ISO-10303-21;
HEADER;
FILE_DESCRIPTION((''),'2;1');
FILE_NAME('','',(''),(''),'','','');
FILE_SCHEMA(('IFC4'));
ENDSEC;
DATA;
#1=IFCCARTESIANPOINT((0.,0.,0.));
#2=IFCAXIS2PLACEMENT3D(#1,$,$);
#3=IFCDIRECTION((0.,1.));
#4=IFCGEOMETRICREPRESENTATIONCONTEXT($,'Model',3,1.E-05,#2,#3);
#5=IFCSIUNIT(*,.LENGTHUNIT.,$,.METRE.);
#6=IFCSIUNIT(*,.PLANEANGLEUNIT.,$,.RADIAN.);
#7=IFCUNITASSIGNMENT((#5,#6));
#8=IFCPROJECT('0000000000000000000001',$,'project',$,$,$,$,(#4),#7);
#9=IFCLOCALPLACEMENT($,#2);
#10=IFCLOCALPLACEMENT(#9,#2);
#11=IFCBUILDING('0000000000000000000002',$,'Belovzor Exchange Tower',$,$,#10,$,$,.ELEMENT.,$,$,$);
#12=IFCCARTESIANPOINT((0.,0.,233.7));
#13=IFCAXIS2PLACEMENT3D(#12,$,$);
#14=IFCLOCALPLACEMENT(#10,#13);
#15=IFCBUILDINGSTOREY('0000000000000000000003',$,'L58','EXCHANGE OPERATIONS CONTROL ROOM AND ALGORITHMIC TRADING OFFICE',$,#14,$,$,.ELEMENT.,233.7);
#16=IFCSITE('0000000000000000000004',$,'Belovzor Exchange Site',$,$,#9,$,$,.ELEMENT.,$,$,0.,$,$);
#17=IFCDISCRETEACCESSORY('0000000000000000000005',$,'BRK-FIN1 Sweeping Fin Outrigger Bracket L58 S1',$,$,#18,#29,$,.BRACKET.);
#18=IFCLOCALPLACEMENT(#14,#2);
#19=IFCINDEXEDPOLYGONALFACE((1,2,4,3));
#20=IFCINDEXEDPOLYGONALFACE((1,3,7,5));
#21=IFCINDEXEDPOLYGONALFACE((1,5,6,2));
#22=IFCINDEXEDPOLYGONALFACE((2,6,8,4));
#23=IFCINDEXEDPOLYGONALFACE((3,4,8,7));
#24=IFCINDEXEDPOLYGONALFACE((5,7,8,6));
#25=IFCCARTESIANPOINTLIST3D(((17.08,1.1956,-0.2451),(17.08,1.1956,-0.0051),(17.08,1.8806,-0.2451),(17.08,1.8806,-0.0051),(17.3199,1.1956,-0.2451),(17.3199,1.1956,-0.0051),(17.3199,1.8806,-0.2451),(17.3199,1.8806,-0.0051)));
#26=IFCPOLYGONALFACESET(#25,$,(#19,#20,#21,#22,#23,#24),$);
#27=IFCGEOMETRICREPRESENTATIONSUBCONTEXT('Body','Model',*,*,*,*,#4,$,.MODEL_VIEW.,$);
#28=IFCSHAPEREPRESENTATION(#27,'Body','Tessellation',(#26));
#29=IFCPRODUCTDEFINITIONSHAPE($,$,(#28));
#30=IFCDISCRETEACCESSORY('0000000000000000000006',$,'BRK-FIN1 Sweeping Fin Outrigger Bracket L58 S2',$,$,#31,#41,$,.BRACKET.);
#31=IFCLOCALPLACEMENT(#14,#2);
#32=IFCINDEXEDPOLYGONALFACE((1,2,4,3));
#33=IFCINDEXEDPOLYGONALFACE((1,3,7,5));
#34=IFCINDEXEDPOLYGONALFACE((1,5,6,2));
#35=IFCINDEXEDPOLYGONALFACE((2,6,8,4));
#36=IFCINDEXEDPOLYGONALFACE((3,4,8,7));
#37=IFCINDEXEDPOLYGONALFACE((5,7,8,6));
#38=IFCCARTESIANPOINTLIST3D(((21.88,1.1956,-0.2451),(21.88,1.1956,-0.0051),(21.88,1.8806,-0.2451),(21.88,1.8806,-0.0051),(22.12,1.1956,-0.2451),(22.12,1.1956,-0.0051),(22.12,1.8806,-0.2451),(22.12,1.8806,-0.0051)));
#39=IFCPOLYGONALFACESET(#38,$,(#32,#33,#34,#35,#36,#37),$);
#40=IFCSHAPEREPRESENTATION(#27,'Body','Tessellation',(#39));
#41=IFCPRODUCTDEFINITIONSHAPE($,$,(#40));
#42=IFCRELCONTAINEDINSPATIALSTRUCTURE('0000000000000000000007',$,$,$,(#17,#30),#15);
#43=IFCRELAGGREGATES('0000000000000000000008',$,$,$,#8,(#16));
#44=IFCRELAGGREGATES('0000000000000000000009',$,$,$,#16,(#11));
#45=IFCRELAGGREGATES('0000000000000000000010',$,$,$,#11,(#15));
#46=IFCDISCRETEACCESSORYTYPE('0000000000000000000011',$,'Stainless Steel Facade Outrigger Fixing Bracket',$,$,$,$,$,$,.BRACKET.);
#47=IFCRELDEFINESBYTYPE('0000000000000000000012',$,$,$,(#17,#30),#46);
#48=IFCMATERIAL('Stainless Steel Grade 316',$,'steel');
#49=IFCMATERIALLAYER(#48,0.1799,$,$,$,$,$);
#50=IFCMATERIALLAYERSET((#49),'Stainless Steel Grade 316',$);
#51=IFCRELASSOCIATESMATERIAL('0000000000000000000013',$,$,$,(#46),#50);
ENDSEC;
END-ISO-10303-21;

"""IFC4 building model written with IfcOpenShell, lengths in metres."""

from ifc_helpers import new_model, si_unit, direction, frame, origin, origin_2d, place, context, subcontext, project, spatial, rectangle, extrude, material, layer, layer_set, type_object, element, save


model = new_model("IFC4")

# Units and contexts
model_context = context("Model", 3, precision=1e-05, world=origin(), true_north=direction((0.0, 1.0)))
body_context = subcontext(model_context, "Body", "Model", "MODEL_VIEW")
ifc_project = project(units=[si_unit("LENGTHUNIT", "METRE"), si_unit("PLANEANGLEUNIT", "RADIAN")], contexts=[model_context])

# Site, building, storey
site_placement = place(None, origin())
site = spatial("IfcSite", under=ifc_project, at=site_placement, Name="Belovzor Exchange Site", CompositionType="ELEMENT", RefElevation=0.0)
building_placement = place(site_placement, origin())
building = spatial("IfcBuilding", under=site, at=building_placement, Name="Belovzor Exchange Tower", CompositionType="ELEMENT")
storey_placement = place(building_placement, frame((0.0, 0.0, 233.7)))
storey = spatial("IfcBuildingStorey", under=building, at=storey_placement, Name="L58", Description="EXCHANGE OPERATIONS CONTROL ROOM AND ALGORITHMIC TRADING OFFICE", CompositionType="ELEMENT", Elevation=233.7)

# Discrete accessories
ifc_material_1 = material(Name="Stainless Steel Grade 316", Category="steel")
ifc_layer_1 = layer(ifc_material_1, 0.1799)
ifc_layer_set_1 = layer_set([ifc_layer_1], Name="Stainless Steel Grade 316")
discrete_accessory_type = type_object("IfcDiscreteAccessoryType", Name="Stainless Steel Facade Outrigger Fixing Bracket", PredefinedType="BRACKET", material=ifc_layer_set_1)
for number, where, z_axis, x_axis, name in (
    (1, (17.2, 1.5381, -0.2451), (0.0, 0.0, 1.0), (0.0, 1.0, 0.0), "BRK-FIN1 Sweeping Fin Outrigger Bracket L58 S1"),
    (2, (22.0, 1.5381, -0.2451), (0.0, 0.0, 1.0), (0.0, 1.0, 0.0), "BRK-FIN1 Sweeping Fin Outrigger Bracket L58 S2"),
):
    element("IfcDiscreteAccessory", number, at=place(storey_placement, frame(where, z_axis=z_axis, x_axis=x_axis)), inside=storey, type_object=discrete_accessory_type, Name=name, PredefinedType="BRACKET", context=body_context, shape_type="SweptSolid", body=[
        extrude(rectangle(XDim=0.6851, YDim=0.24, at=origin_2d()), origin(), (0.0, 0.0, 1.0), 0.24),
    ])

save(model, "model.ifc")
